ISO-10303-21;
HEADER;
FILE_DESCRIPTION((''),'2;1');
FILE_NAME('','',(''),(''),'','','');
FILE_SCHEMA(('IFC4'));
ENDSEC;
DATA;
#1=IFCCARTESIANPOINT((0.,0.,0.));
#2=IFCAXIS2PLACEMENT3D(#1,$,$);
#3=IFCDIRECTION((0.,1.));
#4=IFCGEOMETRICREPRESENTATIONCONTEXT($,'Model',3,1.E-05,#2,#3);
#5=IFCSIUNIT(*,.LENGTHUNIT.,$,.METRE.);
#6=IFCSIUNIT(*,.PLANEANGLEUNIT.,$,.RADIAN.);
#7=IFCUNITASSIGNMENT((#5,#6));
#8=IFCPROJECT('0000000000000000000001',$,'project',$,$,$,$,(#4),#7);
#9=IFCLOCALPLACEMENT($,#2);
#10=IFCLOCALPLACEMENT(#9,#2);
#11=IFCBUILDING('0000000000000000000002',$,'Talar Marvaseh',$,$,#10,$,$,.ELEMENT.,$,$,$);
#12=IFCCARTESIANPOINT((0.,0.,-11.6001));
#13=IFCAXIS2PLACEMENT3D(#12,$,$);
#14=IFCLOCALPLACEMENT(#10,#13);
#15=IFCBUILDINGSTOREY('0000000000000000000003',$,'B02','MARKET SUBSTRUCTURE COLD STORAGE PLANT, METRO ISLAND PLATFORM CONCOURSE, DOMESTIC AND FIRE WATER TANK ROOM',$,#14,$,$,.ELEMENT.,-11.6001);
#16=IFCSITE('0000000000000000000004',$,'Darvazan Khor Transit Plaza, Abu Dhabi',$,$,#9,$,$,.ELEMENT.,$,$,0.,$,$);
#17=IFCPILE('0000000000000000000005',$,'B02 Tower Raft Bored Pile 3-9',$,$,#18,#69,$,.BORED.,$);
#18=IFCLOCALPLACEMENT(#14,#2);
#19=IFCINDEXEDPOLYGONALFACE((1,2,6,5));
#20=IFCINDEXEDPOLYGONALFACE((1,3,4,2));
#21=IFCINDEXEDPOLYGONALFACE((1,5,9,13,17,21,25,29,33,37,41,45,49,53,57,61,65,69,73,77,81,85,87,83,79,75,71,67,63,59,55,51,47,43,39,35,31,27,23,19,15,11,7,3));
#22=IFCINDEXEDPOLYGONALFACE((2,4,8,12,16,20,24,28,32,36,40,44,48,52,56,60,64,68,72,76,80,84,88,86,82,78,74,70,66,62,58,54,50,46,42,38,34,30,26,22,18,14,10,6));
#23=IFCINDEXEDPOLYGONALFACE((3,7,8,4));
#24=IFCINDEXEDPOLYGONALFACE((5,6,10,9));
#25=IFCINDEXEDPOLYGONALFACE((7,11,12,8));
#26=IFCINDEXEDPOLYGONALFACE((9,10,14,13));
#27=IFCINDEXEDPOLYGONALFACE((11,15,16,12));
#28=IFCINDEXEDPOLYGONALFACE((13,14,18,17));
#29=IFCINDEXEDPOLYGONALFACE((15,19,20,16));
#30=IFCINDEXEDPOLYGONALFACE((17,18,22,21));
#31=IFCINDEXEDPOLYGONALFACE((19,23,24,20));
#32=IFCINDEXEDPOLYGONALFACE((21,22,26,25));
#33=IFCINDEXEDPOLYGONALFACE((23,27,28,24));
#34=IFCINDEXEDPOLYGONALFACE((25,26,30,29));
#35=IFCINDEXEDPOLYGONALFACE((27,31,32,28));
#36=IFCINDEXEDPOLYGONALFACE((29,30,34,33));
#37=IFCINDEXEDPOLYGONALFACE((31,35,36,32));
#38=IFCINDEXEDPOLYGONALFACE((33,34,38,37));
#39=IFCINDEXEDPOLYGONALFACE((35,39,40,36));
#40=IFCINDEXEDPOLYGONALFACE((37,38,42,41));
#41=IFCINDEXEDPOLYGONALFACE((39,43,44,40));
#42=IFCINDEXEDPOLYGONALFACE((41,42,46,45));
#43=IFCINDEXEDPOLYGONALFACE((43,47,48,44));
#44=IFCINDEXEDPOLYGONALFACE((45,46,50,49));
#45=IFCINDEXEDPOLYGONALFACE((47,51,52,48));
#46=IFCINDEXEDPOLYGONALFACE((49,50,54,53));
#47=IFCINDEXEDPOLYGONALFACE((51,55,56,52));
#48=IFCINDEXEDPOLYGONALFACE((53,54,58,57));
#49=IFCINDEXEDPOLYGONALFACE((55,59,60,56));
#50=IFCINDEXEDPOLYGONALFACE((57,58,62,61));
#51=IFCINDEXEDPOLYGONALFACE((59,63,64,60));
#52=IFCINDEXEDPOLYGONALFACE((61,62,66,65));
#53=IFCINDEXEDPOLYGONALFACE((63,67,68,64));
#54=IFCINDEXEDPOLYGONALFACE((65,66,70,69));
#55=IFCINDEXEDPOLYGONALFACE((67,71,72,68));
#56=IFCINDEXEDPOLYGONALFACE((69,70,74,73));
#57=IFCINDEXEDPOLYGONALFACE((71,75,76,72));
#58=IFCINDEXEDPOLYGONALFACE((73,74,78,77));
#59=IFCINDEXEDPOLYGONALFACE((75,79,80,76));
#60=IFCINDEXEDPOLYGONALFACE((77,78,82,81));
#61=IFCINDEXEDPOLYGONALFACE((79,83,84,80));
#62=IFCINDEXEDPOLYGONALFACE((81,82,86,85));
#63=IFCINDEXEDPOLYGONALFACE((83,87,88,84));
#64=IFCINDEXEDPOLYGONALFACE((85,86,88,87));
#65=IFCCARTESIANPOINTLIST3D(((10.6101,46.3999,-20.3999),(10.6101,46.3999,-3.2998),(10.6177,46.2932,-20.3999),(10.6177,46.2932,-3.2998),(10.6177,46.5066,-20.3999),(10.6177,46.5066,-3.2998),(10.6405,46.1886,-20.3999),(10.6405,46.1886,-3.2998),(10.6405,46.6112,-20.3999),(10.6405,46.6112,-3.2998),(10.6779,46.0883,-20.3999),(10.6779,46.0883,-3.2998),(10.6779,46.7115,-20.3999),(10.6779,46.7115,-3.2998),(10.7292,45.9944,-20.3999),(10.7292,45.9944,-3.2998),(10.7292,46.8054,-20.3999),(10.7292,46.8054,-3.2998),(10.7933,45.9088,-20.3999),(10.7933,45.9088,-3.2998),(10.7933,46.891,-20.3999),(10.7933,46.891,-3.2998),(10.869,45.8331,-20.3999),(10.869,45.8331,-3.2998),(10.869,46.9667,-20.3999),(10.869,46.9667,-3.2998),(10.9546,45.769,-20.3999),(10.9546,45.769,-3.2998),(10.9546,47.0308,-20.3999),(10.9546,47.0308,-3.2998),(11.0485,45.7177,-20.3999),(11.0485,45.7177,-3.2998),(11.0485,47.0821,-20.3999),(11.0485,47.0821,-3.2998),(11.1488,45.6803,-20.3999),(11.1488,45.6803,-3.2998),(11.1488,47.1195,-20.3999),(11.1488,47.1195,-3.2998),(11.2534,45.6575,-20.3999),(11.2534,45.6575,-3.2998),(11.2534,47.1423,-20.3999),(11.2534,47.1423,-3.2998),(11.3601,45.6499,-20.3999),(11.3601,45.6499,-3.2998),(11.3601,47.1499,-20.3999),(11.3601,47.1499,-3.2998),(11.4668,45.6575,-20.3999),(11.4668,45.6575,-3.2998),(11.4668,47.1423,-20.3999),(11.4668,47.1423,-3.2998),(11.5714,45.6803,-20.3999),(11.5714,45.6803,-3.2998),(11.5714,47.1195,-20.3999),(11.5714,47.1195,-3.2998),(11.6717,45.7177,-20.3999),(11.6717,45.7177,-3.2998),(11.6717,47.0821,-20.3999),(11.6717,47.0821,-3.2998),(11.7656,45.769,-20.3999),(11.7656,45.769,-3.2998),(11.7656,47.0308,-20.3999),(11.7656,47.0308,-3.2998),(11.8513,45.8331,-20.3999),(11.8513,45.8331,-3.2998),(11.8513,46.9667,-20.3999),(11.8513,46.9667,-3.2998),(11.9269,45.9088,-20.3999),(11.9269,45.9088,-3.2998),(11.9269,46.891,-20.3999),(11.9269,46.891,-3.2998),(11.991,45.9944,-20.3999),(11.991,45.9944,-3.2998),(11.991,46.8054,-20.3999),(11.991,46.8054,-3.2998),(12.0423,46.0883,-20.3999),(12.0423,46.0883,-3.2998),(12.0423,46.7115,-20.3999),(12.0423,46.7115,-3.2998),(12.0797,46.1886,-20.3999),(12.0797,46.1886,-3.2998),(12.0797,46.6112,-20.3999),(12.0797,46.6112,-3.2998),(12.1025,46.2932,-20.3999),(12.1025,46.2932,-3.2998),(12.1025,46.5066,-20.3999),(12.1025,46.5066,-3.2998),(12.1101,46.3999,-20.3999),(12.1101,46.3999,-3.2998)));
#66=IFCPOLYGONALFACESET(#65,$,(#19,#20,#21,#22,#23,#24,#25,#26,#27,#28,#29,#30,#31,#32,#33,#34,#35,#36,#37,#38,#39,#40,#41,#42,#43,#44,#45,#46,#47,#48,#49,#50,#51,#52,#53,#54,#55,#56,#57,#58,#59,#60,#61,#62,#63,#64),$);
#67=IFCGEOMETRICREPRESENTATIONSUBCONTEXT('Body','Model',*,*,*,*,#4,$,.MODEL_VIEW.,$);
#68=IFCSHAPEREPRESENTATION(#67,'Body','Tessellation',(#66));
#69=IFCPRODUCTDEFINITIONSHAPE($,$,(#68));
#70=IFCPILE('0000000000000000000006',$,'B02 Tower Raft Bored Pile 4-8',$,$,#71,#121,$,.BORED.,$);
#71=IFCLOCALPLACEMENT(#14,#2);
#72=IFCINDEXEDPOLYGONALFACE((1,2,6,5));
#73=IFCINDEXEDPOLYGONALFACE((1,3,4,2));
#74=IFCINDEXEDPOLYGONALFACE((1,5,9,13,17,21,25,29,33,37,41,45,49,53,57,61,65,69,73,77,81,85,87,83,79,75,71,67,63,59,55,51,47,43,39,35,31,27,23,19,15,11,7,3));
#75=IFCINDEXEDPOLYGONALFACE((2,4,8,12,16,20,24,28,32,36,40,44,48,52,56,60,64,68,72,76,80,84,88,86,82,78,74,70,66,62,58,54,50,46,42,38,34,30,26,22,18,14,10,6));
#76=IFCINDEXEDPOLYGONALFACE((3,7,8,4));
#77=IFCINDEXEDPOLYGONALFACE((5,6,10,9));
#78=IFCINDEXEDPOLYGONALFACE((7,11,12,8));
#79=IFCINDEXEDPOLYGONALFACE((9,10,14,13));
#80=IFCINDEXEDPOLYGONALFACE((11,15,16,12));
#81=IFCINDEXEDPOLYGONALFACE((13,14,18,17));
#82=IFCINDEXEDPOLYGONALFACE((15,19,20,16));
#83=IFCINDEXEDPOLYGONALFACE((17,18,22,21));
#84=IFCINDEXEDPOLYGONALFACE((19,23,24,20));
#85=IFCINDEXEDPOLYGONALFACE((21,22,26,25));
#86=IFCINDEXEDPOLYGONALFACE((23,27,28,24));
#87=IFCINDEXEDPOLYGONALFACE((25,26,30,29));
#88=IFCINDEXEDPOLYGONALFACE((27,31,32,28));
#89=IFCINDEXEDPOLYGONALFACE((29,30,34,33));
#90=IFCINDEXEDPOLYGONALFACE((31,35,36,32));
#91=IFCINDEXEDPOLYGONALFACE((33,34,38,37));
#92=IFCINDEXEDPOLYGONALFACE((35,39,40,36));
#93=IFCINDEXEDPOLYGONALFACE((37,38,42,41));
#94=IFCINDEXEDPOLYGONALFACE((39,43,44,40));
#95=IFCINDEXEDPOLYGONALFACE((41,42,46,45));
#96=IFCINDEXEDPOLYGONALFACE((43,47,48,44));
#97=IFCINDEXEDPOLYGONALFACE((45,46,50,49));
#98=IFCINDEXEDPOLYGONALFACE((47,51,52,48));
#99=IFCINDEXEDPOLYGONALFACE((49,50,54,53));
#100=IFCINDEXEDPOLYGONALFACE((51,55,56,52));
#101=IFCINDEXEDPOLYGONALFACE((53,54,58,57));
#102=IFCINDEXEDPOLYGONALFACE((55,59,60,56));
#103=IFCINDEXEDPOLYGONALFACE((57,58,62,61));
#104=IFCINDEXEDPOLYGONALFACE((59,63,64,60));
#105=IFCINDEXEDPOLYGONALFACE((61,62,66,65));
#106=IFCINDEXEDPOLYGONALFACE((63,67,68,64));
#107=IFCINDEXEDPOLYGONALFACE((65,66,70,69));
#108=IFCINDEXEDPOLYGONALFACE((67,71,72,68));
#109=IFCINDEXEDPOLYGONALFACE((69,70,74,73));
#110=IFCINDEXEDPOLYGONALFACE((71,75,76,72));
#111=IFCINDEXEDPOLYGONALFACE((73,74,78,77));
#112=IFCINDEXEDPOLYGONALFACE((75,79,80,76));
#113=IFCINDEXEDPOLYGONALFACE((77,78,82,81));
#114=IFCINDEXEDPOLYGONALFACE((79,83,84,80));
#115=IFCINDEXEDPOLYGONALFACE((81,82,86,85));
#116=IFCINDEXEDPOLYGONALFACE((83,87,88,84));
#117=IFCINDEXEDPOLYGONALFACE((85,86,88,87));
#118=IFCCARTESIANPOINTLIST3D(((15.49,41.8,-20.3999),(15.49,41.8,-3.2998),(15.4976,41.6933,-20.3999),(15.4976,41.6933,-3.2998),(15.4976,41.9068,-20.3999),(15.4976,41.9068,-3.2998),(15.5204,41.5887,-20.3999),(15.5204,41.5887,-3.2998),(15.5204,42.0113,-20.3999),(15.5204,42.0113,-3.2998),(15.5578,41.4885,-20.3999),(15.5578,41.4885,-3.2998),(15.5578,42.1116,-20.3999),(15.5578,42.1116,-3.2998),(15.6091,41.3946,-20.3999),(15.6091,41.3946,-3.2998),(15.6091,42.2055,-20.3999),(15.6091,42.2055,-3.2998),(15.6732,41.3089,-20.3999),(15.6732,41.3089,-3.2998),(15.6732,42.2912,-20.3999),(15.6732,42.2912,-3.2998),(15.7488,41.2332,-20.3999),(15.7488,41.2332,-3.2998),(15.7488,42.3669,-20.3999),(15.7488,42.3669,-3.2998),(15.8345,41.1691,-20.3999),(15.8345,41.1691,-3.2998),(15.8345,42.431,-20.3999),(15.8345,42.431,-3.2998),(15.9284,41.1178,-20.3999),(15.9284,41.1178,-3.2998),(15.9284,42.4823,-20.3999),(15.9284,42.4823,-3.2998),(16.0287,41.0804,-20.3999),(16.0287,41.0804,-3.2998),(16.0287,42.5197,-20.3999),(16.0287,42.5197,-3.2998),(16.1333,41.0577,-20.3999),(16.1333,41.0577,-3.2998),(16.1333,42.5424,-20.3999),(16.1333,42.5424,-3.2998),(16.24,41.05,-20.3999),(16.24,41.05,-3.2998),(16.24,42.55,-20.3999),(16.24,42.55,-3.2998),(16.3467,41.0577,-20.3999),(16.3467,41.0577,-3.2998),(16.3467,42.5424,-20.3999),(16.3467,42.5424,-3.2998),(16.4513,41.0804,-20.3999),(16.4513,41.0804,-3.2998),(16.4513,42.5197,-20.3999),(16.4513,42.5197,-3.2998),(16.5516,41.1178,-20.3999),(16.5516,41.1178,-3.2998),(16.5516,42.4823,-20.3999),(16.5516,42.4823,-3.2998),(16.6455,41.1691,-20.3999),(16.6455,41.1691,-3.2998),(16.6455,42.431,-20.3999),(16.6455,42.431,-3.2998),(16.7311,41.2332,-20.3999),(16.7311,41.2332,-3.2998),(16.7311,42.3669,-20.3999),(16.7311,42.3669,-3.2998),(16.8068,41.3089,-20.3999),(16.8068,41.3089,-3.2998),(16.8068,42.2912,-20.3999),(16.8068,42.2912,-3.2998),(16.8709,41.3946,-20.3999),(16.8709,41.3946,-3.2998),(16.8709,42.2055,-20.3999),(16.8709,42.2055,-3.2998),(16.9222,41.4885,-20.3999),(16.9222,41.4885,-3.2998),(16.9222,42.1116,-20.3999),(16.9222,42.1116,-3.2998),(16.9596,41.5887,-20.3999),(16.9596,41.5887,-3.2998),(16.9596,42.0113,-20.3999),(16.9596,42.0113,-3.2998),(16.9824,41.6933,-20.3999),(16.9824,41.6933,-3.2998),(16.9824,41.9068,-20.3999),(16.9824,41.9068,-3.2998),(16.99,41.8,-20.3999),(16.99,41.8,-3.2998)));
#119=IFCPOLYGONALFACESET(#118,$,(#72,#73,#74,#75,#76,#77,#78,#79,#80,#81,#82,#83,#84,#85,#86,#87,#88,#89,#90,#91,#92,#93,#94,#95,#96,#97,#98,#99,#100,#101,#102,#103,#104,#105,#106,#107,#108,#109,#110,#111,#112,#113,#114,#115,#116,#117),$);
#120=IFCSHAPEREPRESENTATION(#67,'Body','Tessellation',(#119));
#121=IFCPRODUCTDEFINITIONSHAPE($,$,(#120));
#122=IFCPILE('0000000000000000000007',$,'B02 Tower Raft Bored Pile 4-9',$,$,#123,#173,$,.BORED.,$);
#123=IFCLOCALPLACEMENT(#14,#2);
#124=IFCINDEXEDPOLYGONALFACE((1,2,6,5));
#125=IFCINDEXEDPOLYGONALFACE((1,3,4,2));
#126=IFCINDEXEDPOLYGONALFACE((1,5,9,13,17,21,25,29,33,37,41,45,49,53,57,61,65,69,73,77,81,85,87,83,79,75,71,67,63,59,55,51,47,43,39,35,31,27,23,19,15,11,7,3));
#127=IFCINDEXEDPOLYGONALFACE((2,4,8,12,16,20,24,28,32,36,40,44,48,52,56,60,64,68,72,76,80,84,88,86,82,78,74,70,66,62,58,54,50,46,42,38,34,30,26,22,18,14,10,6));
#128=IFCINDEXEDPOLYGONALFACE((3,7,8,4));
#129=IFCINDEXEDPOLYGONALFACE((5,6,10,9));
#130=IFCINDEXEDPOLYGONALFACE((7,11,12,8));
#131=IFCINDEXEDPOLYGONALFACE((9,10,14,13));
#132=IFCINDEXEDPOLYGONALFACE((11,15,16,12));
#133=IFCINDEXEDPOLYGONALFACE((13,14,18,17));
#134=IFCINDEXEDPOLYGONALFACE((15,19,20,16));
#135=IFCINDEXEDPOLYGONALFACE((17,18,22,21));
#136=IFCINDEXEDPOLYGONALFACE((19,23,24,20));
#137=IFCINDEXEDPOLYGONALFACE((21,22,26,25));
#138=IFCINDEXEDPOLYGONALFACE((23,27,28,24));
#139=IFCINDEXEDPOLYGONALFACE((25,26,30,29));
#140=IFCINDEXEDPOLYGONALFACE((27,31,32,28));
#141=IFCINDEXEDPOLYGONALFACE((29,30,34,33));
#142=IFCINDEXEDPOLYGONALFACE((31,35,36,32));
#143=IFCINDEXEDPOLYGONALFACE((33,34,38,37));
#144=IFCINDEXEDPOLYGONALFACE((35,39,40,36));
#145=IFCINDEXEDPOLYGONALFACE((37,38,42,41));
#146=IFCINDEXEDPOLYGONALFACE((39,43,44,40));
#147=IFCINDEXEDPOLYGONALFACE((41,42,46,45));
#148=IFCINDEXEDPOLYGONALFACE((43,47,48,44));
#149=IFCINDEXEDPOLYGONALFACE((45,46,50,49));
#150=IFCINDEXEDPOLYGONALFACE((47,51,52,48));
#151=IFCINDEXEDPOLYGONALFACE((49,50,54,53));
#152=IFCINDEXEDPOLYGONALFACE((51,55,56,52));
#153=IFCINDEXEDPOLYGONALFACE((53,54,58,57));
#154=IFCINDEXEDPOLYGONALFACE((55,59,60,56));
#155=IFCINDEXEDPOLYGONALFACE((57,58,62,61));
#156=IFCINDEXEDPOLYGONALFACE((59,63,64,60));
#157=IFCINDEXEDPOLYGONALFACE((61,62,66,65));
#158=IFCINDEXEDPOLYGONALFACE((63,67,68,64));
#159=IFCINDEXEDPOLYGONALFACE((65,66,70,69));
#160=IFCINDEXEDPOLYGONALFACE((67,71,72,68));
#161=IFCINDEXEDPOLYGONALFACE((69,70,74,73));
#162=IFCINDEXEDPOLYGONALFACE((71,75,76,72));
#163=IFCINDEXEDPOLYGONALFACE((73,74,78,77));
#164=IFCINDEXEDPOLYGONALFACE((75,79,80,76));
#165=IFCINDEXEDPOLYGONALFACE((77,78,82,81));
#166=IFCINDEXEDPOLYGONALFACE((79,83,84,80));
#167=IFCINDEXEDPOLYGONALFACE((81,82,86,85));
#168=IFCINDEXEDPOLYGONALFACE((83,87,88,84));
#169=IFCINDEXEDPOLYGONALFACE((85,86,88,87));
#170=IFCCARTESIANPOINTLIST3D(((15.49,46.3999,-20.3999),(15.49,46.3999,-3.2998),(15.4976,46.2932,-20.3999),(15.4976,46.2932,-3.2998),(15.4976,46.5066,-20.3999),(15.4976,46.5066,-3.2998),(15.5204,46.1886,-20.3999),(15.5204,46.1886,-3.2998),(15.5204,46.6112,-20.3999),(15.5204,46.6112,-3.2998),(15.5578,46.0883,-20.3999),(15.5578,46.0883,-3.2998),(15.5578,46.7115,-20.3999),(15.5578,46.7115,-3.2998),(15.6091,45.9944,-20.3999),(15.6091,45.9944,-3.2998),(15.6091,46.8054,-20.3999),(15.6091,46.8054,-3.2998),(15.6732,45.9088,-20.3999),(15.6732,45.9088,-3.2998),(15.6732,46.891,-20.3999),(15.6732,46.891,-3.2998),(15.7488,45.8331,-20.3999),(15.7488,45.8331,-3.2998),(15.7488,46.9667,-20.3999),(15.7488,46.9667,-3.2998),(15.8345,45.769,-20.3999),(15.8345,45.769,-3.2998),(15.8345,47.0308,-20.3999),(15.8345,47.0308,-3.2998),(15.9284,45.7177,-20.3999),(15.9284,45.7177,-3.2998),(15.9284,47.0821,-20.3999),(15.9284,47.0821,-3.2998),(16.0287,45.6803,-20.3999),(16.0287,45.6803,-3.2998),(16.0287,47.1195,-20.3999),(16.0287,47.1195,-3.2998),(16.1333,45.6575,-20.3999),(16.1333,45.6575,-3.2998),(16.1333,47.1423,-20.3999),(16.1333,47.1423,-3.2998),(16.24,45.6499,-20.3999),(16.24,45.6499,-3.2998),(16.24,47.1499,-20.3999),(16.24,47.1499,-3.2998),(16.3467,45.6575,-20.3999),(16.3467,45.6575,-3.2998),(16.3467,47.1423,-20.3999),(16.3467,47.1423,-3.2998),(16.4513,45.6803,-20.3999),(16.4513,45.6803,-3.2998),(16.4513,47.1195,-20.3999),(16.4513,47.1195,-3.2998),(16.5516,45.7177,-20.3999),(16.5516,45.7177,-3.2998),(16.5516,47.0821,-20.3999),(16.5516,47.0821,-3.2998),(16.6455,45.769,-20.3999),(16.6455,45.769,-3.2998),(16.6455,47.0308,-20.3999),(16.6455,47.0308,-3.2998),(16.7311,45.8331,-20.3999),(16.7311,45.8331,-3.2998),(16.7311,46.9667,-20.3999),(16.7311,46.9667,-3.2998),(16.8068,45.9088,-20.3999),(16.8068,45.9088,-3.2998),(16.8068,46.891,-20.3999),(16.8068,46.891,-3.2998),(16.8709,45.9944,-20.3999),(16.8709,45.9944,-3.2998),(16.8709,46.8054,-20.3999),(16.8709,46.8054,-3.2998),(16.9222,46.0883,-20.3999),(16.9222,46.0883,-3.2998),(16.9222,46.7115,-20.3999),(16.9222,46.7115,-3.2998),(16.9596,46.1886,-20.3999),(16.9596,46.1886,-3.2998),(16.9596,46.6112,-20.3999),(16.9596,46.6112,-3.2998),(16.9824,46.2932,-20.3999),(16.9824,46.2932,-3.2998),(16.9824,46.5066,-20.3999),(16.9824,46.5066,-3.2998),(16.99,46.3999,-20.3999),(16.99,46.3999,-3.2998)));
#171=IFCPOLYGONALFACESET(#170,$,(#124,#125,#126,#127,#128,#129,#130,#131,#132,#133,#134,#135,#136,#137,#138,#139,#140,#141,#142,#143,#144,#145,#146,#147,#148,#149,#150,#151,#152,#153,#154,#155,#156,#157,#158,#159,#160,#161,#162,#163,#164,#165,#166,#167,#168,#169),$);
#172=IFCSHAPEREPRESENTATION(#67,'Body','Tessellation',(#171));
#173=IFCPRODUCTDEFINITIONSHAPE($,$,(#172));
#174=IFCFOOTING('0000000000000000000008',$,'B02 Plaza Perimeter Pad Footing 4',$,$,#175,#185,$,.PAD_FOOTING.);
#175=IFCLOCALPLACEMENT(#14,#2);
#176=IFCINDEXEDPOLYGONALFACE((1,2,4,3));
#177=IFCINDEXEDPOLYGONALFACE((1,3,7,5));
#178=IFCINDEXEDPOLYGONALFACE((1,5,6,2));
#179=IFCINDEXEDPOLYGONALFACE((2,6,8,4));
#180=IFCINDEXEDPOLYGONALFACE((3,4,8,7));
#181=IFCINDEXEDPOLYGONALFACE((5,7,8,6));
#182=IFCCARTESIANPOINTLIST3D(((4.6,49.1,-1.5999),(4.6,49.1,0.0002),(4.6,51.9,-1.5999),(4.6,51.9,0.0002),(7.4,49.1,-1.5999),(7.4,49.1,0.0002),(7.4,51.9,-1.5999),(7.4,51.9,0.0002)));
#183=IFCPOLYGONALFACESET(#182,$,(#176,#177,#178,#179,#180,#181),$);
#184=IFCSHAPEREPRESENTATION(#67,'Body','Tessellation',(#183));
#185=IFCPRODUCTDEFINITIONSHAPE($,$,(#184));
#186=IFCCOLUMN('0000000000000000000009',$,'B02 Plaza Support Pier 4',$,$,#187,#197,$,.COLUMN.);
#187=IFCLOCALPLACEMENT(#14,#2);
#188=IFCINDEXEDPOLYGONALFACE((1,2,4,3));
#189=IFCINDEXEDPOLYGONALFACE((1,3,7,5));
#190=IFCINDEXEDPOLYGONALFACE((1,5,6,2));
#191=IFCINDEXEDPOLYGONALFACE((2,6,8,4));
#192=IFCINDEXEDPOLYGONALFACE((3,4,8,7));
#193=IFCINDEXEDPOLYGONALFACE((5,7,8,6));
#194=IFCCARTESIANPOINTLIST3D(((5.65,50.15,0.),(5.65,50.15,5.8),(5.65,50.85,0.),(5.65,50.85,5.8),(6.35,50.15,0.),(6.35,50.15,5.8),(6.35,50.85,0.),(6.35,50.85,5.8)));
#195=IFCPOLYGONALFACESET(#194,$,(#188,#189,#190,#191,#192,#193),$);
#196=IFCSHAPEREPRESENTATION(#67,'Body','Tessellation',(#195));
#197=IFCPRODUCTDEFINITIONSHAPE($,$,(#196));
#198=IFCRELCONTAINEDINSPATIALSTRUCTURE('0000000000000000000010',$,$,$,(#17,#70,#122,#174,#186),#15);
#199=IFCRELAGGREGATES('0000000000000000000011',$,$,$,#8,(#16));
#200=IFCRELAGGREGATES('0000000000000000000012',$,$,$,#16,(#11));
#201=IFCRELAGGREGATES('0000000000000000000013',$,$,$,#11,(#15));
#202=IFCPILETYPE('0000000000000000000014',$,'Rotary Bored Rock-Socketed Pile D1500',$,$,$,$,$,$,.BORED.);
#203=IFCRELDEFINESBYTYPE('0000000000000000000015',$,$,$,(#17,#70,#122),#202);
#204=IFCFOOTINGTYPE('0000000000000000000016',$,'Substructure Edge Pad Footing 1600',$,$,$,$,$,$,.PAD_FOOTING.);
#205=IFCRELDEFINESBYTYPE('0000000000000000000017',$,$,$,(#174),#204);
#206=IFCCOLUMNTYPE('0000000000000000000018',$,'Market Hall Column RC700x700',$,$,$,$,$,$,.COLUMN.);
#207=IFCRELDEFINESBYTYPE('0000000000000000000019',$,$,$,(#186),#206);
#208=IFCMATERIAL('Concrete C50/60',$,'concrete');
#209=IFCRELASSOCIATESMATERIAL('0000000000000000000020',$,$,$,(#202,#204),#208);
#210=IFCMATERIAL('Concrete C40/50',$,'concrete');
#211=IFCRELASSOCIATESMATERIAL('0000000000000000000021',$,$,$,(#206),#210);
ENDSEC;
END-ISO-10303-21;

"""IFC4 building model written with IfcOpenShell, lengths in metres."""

from ifc_helpers import new_model, si_unit, direction, frame, origin, origin_2d, place, context, subcontext, project, spatial, rectangle, circle, extrude, source, transform, mapped, material, material_profile, profile_set, type_object, type_shapes, element, save


model = new_model("IFC4")

# Units and contexts
model_context = context("Model", 3, precision=1e-05, world=origin(), true_north=direction((0.0, 1.0)))
body_context = subcontext(model_context, "Body", "Model", "MODEL_VIEW")
ifc_project = project(units=[si_unit("LENGTHUNIT", "METRE"), si_unit("PLANEANGLEUNIT", "RADIAN")], contexts=[model_context])

# Site, building, storey
site_placement = place(None, origin())
site = spatial("IfcSite", under=ifc_project, at=site_placement, Name="Darvazan Khor Transit Plaza, Abu Dhabi", CompositionType="ELEMENT", RefElevation=0.0)
building_placement = place(site_placement, origin())
building = spatial("IfcBuilding", under=site, at=building_placement, Name="Talar Marvaseh", CompositionType="ELEMENT")
storey_placement = place(building_placement, frame((0.0, 0.0, -11.6001)))
storey = spatial("IfcBuildingStorey", under=building, at=storey_placement, Name="B02", Description="MARKET SUBSTRUCTURE COLD STORAGE PLANT, METRO ISLAND PLATFORM CONCOURSE, DOMESTIC AND FIRE WATER TANK ROOM", CompositionType="ELEMENT", Elevation=-11.6001)

# Piles
ifc_material_1 = material(Name="Concrete C50/60", Category="concrete")
ifc_material_profile_1 = material_profile(ifc_material_1, circle(Radius=0.75, at=origin_2d()), Name="PILE-D1500")
ifc_profile_set_1 = profile_set([ifc_material_profile_1], Name="Concrete C50/60")
pile_type_1 = type_object("IfcPileType", Name="Rotary Bored Rock-Socketed Pile D1500", PredefinedType="BORED", material=ifc_profile_set_1)
shared_shape_1 = source(origin(), body_context, "Body", "SweptSolid", [
    extrude(circle(Radius=0.75, at=origin_2d()), origin(), (0.0, 0.0, 1.0), 17.1001),
])
type_shapes(pile_type_1, [shared_shape_1])
for number, where, z_axis, x_axis, name in (
    (1, (11.3601, 46.3999, -3.2998), (0.0, 0.0, -1.0), (1.0, 0.0, 0.0), "B02 Tower Raft Bored Pile 3-9"),
    (2, (16.24, 41.8, -3.2998), (0.0, 0.0, -1.0), (1.0, 0.0, 0.0), "B02 Tower Raft Bored Pile 4-8"),
    (3, (16.24, 46.3999, -3.2998), (0.0, 0.0, -1.0), (1.0, 0.0, 0.0), "B02 Tower Raft Bored Pile 4-9"),
):
    element("IfcPile", number, at=place(storey_placement, frame(where, z_axis=z_axis, x_axis=x_axis)), inside=storey, type_object=pile_type_1, Name=name, PredefinedType="BORED", context=body_context, shape_type="MappedRepresentation", body=[
        mapped(shared_shape_1, transform((0.0, 0.0, 0.0), x_axis=(1.0, 0.0, 0.0), y_axis=(0.0, 1.0, 0.0), z_axis=(0.0, 0.0, 1.0), scale=1.0)),
    ])

# Footing
footing_type = type_object("IfcFootingType", Name="Substructure Edge Pad Footing 1600", PredefinedType="PAD_FOOTING", material=ifc_material_1)
shared_shape_2 = source(origin(), body_context, "Body", "SweptSolid", [
    extrude(rectangle(XDim=2.8, YDim=2.8, at=origin_2d()), origin(), (0.0, 0.0, 1.0), 1.6001),
])
type_shapes(footing_type, [shared_shape_2])
footing_placement = place(storey_placement, frame((6.0, 50.5, -1.5999), z_axis=(0.0, 0.0, 1.0), x_axis=(1.0, 0.0, 0.0)))
element("IfcFooting", 4, at=footing_placement, inside=storey, type_object=footing_type, Name="B02 Plaza Perimeter Pad Footing 4", PredefinedType="PAD_FOOTING", context=body_context, shape_type="MappedRepresentation", body=[
    mapped(shared_shape_2, transform((0.0, 0.0, 0.0), x_axis=(1.0, 0.0, 0.0), y_axis=(0.0, 1.0, 0.0), z_axis=(0.0, 0.0, 1.0), scale=1.0)),
])

# Column
ifc_material_2 = material(Name="Concrete C40/50", Category="concrete")
ifc_material_profile_2 = material_profile(ifc_material_2, rectangle(XDim=0.7, YDim=0.7, at=origin_2d()), Name="RC700x700")
ifc_profile_set_2 = profile_set([ifc_material_profile_2], Name="Concrete C40/50")
column_type_1 = type_object("IfcColumnType", Name="Market Hall Column RC700x700", PredefinedType="COLUMN", material=ifc_profile_set_2)
column_placement = place(storey_placement, frame((6.0, 50.5, 0.0), z_axis=(0.0, 0.0, 1.0), x_axis=(1.0, 0.0, 0.0)))
element("IfcColumn", 5, at=column_placement, inside=storey, type_object=column_type_1, Name="B02 Plaza Support Pier 4", PredefinedType="COLUMN", context=body_context, shape_type="SweptSolid", body=[
    extrude(rectangle(XDim=0.7, YDim=0.7, at=origin_2d()), origin(), (0.0, 0.0, 1.0), 5.8),
])

save(model, "model.ifc")
